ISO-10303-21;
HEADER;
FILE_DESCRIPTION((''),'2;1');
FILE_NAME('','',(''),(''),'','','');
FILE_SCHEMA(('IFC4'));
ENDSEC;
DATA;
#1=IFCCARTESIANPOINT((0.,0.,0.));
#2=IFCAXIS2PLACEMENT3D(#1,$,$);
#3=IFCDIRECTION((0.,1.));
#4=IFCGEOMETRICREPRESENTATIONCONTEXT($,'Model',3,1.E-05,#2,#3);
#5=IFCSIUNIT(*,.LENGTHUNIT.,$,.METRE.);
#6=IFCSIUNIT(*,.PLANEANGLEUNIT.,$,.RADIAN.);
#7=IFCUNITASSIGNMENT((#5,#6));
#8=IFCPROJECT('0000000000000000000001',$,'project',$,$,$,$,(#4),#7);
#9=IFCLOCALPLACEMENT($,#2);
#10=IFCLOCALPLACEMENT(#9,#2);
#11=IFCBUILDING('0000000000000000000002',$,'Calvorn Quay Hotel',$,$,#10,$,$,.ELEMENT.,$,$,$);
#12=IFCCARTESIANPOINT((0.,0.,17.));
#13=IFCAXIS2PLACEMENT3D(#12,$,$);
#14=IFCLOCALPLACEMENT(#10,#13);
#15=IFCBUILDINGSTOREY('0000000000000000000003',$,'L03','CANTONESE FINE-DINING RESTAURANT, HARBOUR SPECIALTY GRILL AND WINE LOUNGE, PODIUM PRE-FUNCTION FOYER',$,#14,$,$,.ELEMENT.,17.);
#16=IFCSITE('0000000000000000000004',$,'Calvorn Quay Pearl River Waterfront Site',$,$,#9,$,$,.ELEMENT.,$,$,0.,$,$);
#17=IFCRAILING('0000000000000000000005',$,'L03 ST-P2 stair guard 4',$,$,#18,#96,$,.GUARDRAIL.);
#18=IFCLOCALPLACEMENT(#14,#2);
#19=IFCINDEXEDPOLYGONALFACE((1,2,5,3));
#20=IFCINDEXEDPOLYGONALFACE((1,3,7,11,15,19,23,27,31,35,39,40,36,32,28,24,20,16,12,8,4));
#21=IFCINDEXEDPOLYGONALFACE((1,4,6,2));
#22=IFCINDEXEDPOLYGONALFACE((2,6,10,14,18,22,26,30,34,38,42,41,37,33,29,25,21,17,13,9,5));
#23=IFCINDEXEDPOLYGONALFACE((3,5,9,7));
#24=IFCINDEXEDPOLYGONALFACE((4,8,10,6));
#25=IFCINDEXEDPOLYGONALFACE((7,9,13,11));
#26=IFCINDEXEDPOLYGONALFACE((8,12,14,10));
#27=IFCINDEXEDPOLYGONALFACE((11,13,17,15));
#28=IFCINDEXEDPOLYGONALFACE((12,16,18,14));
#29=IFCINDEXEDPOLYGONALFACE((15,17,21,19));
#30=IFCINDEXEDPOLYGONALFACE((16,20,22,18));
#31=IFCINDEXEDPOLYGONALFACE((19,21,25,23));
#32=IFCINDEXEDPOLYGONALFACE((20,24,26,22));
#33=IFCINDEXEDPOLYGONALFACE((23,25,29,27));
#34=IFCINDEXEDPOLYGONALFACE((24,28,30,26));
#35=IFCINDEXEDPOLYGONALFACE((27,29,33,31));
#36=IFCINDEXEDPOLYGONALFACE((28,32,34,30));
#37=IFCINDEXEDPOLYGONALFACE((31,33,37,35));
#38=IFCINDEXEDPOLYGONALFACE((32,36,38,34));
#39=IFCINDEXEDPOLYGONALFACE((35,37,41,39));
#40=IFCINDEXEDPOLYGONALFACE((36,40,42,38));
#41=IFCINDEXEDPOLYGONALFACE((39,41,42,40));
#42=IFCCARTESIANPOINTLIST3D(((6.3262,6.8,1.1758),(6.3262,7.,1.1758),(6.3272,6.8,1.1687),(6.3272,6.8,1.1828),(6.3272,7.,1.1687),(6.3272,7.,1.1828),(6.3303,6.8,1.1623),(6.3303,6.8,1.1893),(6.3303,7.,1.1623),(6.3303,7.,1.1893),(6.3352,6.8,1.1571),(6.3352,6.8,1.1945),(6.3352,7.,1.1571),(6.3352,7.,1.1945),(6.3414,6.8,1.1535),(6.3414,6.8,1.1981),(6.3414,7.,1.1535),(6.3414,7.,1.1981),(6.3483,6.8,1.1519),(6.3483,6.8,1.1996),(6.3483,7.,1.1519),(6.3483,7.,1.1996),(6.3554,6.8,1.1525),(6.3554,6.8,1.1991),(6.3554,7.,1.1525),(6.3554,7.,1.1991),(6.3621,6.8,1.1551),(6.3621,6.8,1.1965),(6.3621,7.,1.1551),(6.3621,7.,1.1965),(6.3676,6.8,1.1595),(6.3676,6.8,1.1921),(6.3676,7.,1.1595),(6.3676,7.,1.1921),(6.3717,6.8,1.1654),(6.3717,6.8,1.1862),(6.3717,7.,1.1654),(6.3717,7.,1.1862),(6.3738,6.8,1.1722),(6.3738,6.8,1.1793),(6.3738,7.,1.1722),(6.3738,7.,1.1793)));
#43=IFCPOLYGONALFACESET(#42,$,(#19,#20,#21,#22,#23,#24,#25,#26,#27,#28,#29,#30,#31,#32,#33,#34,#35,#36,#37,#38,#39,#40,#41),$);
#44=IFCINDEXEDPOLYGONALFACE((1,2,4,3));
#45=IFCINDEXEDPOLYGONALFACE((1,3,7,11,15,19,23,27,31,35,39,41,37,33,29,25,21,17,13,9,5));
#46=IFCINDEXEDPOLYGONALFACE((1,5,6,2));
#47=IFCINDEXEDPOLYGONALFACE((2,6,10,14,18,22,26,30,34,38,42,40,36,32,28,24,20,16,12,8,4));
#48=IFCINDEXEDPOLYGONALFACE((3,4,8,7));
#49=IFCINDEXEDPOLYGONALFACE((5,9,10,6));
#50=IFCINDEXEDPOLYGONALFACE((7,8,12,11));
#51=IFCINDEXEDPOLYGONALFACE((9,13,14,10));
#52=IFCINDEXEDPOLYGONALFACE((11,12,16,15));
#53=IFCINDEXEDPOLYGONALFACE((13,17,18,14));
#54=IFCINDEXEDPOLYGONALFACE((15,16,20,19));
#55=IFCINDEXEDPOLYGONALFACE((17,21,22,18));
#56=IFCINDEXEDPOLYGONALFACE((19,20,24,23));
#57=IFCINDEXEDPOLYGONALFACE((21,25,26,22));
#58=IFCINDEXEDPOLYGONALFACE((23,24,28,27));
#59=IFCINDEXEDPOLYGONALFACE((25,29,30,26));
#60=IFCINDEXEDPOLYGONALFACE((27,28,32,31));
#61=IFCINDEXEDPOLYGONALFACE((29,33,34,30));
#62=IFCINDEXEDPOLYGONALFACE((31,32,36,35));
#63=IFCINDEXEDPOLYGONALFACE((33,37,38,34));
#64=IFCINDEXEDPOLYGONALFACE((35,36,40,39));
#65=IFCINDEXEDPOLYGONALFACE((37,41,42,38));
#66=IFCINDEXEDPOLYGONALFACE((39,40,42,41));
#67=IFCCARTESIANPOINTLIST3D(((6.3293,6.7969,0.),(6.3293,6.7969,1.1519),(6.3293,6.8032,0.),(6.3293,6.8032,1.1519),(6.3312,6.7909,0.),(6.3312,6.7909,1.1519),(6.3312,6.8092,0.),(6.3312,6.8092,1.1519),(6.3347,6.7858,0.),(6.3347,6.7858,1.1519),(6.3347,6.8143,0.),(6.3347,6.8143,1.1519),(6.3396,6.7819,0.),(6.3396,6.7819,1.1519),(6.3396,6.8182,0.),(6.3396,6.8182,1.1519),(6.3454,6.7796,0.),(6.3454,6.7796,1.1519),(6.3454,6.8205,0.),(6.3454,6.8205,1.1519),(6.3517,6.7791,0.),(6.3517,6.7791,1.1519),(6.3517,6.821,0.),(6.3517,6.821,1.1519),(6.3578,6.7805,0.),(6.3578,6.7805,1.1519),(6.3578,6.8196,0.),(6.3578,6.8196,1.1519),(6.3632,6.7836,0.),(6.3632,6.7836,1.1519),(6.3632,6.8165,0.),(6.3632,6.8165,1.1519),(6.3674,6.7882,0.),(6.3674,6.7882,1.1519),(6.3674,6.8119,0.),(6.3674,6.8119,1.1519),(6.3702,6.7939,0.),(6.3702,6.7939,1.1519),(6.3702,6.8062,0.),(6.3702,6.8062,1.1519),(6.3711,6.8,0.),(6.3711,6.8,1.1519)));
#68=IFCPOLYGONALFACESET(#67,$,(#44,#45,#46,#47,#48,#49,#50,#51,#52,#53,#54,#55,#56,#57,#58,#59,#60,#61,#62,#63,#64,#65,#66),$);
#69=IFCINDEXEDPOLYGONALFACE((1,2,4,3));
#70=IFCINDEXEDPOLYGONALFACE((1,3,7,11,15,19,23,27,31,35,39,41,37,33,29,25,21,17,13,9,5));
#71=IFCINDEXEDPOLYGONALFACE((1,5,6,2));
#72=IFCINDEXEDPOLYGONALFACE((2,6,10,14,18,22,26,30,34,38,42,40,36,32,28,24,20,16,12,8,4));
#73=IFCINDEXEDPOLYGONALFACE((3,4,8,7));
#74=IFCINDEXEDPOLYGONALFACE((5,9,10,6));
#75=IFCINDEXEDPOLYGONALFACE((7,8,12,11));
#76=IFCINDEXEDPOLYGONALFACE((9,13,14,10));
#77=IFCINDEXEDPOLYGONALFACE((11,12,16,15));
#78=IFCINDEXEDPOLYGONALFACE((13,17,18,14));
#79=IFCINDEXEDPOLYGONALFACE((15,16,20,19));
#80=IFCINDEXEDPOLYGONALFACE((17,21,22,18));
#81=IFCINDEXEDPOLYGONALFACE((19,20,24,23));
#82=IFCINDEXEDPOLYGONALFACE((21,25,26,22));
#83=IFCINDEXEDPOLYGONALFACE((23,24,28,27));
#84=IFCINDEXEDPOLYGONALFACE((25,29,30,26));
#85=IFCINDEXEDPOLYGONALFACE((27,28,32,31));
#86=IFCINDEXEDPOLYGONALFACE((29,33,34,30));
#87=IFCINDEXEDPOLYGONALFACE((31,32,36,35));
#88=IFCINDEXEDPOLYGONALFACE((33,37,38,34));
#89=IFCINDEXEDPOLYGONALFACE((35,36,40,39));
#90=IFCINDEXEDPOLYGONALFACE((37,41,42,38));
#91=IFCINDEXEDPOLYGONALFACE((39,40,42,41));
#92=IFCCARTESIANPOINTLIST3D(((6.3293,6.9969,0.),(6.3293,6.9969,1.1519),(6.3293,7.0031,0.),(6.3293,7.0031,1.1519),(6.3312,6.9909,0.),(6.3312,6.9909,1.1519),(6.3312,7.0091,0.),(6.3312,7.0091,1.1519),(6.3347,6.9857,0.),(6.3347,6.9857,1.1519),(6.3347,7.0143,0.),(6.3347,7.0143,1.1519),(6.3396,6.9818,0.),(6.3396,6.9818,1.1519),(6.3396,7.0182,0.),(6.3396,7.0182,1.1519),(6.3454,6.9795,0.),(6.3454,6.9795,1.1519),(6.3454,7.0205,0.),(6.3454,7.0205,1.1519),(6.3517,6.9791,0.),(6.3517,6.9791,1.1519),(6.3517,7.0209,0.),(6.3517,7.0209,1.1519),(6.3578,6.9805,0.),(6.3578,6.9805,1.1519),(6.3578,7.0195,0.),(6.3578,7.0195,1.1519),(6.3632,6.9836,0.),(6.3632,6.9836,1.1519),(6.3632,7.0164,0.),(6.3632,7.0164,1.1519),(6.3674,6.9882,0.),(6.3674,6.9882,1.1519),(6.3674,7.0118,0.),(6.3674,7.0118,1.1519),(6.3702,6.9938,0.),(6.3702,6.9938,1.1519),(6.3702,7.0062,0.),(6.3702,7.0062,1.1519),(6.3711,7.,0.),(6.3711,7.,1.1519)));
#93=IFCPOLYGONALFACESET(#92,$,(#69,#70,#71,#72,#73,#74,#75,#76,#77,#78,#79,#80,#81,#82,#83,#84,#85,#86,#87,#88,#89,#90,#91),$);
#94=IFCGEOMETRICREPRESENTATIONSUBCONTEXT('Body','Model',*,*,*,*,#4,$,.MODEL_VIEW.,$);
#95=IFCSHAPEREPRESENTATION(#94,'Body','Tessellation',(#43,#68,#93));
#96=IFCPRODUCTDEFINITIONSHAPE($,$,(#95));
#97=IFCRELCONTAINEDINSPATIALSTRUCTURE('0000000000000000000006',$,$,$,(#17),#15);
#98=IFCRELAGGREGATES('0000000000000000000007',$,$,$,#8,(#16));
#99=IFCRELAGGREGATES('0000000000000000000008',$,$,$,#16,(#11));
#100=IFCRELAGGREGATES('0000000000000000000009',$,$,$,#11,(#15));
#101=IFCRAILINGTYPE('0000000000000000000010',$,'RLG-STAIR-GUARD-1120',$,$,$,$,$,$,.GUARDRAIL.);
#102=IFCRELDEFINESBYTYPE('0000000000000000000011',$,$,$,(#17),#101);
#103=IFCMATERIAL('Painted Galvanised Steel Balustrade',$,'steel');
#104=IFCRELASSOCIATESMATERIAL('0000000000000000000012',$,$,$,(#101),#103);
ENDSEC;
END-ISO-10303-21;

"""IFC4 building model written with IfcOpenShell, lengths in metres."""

from ifc_helpers import new_model, si_unit, direction, frame, origin, origin_2d, place, context, subcontext, project, spatial, circle, extrude, material, type_object, element, save


model = new_model("IFC4")

# Units and contexts
model_context = context("Model", 3, precision=1e-05, world=origin(), true_north=direction((0.0, 1.0)))
body_context = subcontext(model_context, "Body", "Model", "MODEL_VIEW")
ifc_project = project(units=[si_unit("LENGTHUNIT", "METRE"), si_unit("PLANEANGLEUNIT", "RADIAN")], contexts=[model_context])

# Site, building, storey
site_placement = place(None, origin())
site = spatial("IfcSite", under=ifc_project, at=site_placement, Name="Calvorn Quay Pearl River Waterfront Site", CompositionType="ELEMENT", RefElevation=0.0)
building_placement = place(site_placement, origin())
building = spatial("IfcBuilding", under=site, at=building_placement, Name="Calvorn Quay Hotel", CompositionType="ELEMENT")
storey_placement = place(building_placement, frame((0.0, 0.0, 17.0)))
storey = spatial("IfcBuildingStorey", under=building, at=storey_placement, Name="L03", Description="CANTONESE FINE-DINING RESTAURANT, HARBOUR SPECIALTY GRILL AND WINE LOUNGE, PODIUM PRE-FUNCTION FOYER", CompositionType="ELEMENT", Elevation=17.0)

# Railing
ifc_material_1 = material(Name="Painted Galvanised Steel Balustrade", Category="steel")
railing_type_1 = type_object("IfcRailingType", Name="RLG-STAIR-GUARD-1120", PredefinedType="GUARDRAIL", material=ifc_material_1)
railing_1_placement = place(storey_placement, frame((6.3501, 6.8, 0.0)))
element("IfcRailing", 1, at=railing_1_placement, inside=storey, type_object=railing_type_1, Name="L03 ST-P2 stair guard 4", PredefinedType="GUARDRAIL", context=body_context, shape_type="SweptSolid", body=[
    extrude(circle(Radius=0.0239, at=origin_2d()), frame((0.0, 0.0, 1.1758), z_axis=(0.0, 1.0, 0.0), x_axis=(-1.0, 0.0, 0.0)), (0.0, 0.0, 1.0), 0.2),
    extrude(circle(Radius=0.021, at=origin_2d()), origin(), (0.0, 0.0, 1.0), 1.1519),
    extrude(circle(Radius=0.021, at=origin_2d()), frame((0.0, 0.2, 0.0)), (0.0, 0.0, 1.0), 1.1519),
])

save(model, "model.ifc")
